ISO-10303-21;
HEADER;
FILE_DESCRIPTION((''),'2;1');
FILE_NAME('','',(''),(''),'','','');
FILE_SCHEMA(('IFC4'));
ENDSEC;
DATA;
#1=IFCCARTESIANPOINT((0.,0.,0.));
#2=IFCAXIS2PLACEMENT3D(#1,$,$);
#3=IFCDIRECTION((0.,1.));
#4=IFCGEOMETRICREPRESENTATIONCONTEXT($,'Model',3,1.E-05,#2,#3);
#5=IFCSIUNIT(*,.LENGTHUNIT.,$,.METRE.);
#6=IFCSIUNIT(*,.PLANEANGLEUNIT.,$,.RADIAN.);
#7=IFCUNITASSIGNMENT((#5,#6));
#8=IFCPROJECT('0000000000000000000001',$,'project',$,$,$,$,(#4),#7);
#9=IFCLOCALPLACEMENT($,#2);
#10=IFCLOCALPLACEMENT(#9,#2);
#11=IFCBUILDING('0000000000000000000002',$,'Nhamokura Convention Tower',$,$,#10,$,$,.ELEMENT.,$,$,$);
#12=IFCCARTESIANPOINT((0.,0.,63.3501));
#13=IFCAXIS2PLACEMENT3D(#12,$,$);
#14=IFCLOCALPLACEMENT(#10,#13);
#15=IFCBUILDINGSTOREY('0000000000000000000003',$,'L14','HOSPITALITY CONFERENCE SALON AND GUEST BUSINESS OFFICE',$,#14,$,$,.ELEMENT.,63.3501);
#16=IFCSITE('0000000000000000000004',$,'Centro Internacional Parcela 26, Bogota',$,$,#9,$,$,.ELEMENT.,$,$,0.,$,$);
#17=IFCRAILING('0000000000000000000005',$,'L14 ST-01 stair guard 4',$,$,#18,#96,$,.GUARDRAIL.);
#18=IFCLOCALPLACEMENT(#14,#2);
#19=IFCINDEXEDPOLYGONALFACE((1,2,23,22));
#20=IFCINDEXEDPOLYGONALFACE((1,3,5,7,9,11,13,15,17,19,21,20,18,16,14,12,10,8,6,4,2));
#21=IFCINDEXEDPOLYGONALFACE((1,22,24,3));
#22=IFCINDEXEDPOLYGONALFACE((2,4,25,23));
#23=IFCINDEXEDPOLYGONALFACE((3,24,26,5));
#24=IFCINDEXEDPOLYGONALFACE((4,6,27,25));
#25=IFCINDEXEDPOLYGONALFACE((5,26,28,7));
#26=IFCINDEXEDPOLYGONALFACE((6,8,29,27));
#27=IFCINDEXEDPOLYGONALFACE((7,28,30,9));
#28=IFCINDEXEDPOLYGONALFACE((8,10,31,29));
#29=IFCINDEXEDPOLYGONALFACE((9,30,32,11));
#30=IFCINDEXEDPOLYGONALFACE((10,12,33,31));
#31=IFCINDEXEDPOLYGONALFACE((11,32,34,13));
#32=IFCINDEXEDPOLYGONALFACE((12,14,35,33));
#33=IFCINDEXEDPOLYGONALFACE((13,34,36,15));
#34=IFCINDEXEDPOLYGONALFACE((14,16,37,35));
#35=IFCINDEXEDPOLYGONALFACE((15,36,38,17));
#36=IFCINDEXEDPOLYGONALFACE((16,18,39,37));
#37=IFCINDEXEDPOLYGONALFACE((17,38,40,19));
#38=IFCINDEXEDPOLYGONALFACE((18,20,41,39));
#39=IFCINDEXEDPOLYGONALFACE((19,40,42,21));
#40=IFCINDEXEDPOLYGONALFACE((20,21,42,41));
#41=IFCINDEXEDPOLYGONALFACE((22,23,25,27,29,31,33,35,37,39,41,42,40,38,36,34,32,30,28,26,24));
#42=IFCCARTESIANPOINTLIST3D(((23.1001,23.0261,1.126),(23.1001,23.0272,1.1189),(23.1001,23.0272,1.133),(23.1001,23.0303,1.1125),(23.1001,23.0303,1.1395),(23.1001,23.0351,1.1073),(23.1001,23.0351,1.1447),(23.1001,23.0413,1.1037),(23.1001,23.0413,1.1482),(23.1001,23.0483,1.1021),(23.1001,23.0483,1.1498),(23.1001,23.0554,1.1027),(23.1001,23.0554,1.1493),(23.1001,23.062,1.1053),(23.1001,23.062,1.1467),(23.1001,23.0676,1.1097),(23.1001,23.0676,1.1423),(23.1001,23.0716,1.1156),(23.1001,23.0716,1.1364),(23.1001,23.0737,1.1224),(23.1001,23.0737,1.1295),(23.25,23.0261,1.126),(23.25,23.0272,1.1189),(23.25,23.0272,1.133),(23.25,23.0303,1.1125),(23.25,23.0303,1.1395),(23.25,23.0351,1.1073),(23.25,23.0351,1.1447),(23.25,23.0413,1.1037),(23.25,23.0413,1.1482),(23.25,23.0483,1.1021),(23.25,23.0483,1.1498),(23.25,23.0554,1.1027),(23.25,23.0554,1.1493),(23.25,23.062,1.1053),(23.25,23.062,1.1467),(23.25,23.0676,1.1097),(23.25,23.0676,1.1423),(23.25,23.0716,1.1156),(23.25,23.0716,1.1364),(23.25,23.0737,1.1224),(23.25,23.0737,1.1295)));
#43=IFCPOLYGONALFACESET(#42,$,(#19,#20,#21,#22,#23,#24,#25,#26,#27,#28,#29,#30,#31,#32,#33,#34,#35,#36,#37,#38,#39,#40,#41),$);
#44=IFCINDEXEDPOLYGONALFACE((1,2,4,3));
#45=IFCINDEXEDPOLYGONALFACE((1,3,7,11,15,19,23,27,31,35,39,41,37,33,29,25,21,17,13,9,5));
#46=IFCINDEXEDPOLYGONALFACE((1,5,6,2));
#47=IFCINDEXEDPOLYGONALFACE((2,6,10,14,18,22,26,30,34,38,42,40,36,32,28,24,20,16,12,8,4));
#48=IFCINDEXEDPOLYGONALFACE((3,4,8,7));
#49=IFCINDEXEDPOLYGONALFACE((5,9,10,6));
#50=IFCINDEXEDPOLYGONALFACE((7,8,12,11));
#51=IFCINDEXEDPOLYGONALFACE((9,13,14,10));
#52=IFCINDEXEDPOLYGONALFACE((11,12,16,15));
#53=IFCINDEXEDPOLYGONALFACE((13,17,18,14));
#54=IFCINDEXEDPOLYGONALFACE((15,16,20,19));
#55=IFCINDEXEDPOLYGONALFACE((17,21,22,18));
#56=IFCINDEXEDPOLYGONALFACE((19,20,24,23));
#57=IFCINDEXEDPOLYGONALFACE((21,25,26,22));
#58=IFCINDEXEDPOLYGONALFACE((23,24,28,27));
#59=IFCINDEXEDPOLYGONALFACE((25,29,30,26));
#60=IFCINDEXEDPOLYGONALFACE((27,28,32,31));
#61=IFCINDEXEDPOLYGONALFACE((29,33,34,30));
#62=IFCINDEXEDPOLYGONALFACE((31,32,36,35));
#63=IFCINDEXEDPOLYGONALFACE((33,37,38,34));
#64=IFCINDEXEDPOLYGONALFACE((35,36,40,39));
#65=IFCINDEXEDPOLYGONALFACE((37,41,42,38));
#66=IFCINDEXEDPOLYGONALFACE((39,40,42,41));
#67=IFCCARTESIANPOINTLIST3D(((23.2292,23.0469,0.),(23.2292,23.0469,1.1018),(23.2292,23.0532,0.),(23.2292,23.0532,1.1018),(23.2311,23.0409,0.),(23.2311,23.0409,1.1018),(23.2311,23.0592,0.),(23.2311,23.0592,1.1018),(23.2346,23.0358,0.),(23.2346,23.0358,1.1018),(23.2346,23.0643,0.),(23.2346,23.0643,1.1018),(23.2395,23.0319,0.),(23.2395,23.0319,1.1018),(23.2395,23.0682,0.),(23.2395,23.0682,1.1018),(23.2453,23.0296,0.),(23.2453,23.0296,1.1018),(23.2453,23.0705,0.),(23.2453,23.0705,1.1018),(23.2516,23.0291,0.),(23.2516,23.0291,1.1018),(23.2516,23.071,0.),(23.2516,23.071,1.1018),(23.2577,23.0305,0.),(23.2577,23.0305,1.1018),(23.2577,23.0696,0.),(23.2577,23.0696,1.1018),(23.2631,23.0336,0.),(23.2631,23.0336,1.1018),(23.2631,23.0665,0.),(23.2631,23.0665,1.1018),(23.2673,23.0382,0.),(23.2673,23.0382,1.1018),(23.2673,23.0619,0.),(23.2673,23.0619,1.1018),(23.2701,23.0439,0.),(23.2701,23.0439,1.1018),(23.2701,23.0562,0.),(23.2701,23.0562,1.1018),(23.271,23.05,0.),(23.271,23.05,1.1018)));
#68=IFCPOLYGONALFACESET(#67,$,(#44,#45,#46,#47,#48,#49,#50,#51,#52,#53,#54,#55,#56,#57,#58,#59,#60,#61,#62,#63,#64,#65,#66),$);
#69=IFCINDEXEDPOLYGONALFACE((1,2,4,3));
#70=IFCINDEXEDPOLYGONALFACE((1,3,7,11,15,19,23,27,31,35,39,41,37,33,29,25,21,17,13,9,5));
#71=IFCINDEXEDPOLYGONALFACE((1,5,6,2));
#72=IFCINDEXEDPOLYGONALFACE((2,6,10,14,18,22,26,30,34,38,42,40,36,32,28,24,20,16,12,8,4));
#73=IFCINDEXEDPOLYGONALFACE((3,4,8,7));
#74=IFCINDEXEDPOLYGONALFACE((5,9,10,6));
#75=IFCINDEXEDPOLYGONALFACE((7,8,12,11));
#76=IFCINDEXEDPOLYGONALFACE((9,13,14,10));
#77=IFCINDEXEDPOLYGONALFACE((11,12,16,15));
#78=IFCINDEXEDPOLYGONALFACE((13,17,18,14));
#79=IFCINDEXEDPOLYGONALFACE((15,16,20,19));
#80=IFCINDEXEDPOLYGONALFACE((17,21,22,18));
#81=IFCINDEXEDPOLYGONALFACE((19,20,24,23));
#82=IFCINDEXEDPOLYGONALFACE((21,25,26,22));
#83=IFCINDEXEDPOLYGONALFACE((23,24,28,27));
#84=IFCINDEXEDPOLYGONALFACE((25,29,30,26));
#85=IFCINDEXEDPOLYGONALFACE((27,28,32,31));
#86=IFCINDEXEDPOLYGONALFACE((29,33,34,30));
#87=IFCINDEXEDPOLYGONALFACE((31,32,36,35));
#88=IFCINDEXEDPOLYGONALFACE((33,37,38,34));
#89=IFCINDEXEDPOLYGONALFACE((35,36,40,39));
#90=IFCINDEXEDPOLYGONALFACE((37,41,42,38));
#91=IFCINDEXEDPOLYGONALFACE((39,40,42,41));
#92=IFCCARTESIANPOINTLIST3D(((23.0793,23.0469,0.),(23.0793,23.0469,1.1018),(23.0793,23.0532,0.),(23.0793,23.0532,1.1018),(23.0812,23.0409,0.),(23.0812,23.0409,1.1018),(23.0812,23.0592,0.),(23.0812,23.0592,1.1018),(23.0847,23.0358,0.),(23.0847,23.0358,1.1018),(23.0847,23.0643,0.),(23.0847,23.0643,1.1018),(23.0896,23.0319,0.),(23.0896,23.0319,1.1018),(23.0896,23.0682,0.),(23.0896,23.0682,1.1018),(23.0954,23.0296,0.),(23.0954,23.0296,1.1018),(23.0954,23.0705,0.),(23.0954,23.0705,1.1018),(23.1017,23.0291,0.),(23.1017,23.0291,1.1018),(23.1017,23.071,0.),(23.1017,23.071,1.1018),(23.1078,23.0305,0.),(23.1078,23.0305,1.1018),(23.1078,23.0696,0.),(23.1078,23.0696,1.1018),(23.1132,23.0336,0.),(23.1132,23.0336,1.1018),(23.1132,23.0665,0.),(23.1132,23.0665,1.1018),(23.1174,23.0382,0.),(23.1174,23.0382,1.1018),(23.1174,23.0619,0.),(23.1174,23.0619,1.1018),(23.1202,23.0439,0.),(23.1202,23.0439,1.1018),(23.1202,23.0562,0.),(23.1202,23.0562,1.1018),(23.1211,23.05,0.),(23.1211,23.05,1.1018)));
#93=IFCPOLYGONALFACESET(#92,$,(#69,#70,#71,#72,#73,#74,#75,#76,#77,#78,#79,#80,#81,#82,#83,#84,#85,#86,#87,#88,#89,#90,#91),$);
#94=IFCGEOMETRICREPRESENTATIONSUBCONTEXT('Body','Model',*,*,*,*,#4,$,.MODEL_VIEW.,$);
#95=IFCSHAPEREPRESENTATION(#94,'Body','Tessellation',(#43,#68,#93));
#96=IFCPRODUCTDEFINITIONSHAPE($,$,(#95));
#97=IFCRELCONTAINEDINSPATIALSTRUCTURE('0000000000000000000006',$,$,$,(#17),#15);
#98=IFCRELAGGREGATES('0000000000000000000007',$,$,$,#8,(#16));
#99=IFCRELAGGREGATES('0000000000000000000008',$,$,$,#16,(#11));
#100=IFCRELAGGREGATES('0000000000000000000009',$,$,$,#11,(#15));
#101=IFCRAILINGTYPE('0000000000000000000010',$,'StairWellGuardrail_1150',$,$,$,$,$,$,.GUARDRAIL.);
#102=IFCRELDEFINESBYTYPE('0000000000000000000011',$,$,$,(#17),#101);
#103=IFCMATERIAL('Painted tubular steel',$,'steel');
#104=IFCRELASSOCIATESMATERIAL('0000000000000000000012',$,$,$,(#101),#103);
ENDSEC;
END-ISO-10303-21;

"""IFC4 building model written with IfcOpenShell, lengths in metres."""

from ifc_helpers import new_model, si_unit, direction, frame, origin, origin_2d, place, context, subcontext, project, spatial, circle, extrude, material, type_object, element, save


model = new_model("IFC4")

# Units and contexts
model_context = context("Model", 3, precision=1e-05, world=origin(), true_north=direction((0.0, 1.0)))
body_context = subcontext(model_context, "Body", "Model", "MODEL_VIEW")
ifc_project = project(units=[si_unit("LENGTHUNIT", "METRE"), si_unit("PLANEANGLEUNIT", "RADIAN")], contexts=[model_context])

# Site, building, storey
site_placement = place(None, origin())
site = spatial("IfcSite", under=ifc_project, at=site_placement, Name="Centro Internacional Parcela 26, Bogota", CompositionType="ELEMENT", RefElevation=0.0)
building_placement = place(site_placement, origin())
building = spatial("IfcBuilding", under=site, at=building_placement, Name="Nhamokura Convention Tower", CompositionType="ELEMENT")
storey_placement = place(building_placement, frame((0.0, 0.0, 63.3501)))
storey = spatial("IfcBuildingStorey", under=building, at=storey_placement, Name="L14", Description="HOSPITALITY CONFERENCE SALON AND GUEST BUSINESS OFFICE", CompositionType="ELEMENT", Elevation=63.3501)

# Railing
ifc_material_1 = material(Name="Painted tubular steel", Category="steel")
railing_type_1 = type_object("IfcRailingType", Name="StairWellGuardrail_1150", PredefinedType="GUARDRAIL", material=ifc_material_1)
railing_1_placement = place(storey_placement, frame((23.25, 23.05, 0.0)))
element("IfcRailing", 1, at=railing_1_placement, inside=storey, type_object=railing_type_1, Name="L14 ST-01 stair guard 4", PredefinedType="GUARDRAIL", context=body_context, shape_type="SweptSolid", body=[
    extrude(circle(Radius=0.0239, at=origin_2d()), frame((0.0, 0.0, 1.126), z_axis=(-1.0, 0.0, 0.0), x_axis=(0.0, -1.0, 0.0)), (0.0, 0.0, 1.0), 0.1499),
    extrude(circle(Radius=0.021, at=origin_2d()), origin(), (0.0, 0.0, 1.0), 1.1018),
    extrude(circle(Radius=0.021, at=origin_2d()), frame((-0.1499, 0.0, 0.0)), (0.0, 0.0, 1.0), 1.1018),
])

save(model, "model.ifc")
